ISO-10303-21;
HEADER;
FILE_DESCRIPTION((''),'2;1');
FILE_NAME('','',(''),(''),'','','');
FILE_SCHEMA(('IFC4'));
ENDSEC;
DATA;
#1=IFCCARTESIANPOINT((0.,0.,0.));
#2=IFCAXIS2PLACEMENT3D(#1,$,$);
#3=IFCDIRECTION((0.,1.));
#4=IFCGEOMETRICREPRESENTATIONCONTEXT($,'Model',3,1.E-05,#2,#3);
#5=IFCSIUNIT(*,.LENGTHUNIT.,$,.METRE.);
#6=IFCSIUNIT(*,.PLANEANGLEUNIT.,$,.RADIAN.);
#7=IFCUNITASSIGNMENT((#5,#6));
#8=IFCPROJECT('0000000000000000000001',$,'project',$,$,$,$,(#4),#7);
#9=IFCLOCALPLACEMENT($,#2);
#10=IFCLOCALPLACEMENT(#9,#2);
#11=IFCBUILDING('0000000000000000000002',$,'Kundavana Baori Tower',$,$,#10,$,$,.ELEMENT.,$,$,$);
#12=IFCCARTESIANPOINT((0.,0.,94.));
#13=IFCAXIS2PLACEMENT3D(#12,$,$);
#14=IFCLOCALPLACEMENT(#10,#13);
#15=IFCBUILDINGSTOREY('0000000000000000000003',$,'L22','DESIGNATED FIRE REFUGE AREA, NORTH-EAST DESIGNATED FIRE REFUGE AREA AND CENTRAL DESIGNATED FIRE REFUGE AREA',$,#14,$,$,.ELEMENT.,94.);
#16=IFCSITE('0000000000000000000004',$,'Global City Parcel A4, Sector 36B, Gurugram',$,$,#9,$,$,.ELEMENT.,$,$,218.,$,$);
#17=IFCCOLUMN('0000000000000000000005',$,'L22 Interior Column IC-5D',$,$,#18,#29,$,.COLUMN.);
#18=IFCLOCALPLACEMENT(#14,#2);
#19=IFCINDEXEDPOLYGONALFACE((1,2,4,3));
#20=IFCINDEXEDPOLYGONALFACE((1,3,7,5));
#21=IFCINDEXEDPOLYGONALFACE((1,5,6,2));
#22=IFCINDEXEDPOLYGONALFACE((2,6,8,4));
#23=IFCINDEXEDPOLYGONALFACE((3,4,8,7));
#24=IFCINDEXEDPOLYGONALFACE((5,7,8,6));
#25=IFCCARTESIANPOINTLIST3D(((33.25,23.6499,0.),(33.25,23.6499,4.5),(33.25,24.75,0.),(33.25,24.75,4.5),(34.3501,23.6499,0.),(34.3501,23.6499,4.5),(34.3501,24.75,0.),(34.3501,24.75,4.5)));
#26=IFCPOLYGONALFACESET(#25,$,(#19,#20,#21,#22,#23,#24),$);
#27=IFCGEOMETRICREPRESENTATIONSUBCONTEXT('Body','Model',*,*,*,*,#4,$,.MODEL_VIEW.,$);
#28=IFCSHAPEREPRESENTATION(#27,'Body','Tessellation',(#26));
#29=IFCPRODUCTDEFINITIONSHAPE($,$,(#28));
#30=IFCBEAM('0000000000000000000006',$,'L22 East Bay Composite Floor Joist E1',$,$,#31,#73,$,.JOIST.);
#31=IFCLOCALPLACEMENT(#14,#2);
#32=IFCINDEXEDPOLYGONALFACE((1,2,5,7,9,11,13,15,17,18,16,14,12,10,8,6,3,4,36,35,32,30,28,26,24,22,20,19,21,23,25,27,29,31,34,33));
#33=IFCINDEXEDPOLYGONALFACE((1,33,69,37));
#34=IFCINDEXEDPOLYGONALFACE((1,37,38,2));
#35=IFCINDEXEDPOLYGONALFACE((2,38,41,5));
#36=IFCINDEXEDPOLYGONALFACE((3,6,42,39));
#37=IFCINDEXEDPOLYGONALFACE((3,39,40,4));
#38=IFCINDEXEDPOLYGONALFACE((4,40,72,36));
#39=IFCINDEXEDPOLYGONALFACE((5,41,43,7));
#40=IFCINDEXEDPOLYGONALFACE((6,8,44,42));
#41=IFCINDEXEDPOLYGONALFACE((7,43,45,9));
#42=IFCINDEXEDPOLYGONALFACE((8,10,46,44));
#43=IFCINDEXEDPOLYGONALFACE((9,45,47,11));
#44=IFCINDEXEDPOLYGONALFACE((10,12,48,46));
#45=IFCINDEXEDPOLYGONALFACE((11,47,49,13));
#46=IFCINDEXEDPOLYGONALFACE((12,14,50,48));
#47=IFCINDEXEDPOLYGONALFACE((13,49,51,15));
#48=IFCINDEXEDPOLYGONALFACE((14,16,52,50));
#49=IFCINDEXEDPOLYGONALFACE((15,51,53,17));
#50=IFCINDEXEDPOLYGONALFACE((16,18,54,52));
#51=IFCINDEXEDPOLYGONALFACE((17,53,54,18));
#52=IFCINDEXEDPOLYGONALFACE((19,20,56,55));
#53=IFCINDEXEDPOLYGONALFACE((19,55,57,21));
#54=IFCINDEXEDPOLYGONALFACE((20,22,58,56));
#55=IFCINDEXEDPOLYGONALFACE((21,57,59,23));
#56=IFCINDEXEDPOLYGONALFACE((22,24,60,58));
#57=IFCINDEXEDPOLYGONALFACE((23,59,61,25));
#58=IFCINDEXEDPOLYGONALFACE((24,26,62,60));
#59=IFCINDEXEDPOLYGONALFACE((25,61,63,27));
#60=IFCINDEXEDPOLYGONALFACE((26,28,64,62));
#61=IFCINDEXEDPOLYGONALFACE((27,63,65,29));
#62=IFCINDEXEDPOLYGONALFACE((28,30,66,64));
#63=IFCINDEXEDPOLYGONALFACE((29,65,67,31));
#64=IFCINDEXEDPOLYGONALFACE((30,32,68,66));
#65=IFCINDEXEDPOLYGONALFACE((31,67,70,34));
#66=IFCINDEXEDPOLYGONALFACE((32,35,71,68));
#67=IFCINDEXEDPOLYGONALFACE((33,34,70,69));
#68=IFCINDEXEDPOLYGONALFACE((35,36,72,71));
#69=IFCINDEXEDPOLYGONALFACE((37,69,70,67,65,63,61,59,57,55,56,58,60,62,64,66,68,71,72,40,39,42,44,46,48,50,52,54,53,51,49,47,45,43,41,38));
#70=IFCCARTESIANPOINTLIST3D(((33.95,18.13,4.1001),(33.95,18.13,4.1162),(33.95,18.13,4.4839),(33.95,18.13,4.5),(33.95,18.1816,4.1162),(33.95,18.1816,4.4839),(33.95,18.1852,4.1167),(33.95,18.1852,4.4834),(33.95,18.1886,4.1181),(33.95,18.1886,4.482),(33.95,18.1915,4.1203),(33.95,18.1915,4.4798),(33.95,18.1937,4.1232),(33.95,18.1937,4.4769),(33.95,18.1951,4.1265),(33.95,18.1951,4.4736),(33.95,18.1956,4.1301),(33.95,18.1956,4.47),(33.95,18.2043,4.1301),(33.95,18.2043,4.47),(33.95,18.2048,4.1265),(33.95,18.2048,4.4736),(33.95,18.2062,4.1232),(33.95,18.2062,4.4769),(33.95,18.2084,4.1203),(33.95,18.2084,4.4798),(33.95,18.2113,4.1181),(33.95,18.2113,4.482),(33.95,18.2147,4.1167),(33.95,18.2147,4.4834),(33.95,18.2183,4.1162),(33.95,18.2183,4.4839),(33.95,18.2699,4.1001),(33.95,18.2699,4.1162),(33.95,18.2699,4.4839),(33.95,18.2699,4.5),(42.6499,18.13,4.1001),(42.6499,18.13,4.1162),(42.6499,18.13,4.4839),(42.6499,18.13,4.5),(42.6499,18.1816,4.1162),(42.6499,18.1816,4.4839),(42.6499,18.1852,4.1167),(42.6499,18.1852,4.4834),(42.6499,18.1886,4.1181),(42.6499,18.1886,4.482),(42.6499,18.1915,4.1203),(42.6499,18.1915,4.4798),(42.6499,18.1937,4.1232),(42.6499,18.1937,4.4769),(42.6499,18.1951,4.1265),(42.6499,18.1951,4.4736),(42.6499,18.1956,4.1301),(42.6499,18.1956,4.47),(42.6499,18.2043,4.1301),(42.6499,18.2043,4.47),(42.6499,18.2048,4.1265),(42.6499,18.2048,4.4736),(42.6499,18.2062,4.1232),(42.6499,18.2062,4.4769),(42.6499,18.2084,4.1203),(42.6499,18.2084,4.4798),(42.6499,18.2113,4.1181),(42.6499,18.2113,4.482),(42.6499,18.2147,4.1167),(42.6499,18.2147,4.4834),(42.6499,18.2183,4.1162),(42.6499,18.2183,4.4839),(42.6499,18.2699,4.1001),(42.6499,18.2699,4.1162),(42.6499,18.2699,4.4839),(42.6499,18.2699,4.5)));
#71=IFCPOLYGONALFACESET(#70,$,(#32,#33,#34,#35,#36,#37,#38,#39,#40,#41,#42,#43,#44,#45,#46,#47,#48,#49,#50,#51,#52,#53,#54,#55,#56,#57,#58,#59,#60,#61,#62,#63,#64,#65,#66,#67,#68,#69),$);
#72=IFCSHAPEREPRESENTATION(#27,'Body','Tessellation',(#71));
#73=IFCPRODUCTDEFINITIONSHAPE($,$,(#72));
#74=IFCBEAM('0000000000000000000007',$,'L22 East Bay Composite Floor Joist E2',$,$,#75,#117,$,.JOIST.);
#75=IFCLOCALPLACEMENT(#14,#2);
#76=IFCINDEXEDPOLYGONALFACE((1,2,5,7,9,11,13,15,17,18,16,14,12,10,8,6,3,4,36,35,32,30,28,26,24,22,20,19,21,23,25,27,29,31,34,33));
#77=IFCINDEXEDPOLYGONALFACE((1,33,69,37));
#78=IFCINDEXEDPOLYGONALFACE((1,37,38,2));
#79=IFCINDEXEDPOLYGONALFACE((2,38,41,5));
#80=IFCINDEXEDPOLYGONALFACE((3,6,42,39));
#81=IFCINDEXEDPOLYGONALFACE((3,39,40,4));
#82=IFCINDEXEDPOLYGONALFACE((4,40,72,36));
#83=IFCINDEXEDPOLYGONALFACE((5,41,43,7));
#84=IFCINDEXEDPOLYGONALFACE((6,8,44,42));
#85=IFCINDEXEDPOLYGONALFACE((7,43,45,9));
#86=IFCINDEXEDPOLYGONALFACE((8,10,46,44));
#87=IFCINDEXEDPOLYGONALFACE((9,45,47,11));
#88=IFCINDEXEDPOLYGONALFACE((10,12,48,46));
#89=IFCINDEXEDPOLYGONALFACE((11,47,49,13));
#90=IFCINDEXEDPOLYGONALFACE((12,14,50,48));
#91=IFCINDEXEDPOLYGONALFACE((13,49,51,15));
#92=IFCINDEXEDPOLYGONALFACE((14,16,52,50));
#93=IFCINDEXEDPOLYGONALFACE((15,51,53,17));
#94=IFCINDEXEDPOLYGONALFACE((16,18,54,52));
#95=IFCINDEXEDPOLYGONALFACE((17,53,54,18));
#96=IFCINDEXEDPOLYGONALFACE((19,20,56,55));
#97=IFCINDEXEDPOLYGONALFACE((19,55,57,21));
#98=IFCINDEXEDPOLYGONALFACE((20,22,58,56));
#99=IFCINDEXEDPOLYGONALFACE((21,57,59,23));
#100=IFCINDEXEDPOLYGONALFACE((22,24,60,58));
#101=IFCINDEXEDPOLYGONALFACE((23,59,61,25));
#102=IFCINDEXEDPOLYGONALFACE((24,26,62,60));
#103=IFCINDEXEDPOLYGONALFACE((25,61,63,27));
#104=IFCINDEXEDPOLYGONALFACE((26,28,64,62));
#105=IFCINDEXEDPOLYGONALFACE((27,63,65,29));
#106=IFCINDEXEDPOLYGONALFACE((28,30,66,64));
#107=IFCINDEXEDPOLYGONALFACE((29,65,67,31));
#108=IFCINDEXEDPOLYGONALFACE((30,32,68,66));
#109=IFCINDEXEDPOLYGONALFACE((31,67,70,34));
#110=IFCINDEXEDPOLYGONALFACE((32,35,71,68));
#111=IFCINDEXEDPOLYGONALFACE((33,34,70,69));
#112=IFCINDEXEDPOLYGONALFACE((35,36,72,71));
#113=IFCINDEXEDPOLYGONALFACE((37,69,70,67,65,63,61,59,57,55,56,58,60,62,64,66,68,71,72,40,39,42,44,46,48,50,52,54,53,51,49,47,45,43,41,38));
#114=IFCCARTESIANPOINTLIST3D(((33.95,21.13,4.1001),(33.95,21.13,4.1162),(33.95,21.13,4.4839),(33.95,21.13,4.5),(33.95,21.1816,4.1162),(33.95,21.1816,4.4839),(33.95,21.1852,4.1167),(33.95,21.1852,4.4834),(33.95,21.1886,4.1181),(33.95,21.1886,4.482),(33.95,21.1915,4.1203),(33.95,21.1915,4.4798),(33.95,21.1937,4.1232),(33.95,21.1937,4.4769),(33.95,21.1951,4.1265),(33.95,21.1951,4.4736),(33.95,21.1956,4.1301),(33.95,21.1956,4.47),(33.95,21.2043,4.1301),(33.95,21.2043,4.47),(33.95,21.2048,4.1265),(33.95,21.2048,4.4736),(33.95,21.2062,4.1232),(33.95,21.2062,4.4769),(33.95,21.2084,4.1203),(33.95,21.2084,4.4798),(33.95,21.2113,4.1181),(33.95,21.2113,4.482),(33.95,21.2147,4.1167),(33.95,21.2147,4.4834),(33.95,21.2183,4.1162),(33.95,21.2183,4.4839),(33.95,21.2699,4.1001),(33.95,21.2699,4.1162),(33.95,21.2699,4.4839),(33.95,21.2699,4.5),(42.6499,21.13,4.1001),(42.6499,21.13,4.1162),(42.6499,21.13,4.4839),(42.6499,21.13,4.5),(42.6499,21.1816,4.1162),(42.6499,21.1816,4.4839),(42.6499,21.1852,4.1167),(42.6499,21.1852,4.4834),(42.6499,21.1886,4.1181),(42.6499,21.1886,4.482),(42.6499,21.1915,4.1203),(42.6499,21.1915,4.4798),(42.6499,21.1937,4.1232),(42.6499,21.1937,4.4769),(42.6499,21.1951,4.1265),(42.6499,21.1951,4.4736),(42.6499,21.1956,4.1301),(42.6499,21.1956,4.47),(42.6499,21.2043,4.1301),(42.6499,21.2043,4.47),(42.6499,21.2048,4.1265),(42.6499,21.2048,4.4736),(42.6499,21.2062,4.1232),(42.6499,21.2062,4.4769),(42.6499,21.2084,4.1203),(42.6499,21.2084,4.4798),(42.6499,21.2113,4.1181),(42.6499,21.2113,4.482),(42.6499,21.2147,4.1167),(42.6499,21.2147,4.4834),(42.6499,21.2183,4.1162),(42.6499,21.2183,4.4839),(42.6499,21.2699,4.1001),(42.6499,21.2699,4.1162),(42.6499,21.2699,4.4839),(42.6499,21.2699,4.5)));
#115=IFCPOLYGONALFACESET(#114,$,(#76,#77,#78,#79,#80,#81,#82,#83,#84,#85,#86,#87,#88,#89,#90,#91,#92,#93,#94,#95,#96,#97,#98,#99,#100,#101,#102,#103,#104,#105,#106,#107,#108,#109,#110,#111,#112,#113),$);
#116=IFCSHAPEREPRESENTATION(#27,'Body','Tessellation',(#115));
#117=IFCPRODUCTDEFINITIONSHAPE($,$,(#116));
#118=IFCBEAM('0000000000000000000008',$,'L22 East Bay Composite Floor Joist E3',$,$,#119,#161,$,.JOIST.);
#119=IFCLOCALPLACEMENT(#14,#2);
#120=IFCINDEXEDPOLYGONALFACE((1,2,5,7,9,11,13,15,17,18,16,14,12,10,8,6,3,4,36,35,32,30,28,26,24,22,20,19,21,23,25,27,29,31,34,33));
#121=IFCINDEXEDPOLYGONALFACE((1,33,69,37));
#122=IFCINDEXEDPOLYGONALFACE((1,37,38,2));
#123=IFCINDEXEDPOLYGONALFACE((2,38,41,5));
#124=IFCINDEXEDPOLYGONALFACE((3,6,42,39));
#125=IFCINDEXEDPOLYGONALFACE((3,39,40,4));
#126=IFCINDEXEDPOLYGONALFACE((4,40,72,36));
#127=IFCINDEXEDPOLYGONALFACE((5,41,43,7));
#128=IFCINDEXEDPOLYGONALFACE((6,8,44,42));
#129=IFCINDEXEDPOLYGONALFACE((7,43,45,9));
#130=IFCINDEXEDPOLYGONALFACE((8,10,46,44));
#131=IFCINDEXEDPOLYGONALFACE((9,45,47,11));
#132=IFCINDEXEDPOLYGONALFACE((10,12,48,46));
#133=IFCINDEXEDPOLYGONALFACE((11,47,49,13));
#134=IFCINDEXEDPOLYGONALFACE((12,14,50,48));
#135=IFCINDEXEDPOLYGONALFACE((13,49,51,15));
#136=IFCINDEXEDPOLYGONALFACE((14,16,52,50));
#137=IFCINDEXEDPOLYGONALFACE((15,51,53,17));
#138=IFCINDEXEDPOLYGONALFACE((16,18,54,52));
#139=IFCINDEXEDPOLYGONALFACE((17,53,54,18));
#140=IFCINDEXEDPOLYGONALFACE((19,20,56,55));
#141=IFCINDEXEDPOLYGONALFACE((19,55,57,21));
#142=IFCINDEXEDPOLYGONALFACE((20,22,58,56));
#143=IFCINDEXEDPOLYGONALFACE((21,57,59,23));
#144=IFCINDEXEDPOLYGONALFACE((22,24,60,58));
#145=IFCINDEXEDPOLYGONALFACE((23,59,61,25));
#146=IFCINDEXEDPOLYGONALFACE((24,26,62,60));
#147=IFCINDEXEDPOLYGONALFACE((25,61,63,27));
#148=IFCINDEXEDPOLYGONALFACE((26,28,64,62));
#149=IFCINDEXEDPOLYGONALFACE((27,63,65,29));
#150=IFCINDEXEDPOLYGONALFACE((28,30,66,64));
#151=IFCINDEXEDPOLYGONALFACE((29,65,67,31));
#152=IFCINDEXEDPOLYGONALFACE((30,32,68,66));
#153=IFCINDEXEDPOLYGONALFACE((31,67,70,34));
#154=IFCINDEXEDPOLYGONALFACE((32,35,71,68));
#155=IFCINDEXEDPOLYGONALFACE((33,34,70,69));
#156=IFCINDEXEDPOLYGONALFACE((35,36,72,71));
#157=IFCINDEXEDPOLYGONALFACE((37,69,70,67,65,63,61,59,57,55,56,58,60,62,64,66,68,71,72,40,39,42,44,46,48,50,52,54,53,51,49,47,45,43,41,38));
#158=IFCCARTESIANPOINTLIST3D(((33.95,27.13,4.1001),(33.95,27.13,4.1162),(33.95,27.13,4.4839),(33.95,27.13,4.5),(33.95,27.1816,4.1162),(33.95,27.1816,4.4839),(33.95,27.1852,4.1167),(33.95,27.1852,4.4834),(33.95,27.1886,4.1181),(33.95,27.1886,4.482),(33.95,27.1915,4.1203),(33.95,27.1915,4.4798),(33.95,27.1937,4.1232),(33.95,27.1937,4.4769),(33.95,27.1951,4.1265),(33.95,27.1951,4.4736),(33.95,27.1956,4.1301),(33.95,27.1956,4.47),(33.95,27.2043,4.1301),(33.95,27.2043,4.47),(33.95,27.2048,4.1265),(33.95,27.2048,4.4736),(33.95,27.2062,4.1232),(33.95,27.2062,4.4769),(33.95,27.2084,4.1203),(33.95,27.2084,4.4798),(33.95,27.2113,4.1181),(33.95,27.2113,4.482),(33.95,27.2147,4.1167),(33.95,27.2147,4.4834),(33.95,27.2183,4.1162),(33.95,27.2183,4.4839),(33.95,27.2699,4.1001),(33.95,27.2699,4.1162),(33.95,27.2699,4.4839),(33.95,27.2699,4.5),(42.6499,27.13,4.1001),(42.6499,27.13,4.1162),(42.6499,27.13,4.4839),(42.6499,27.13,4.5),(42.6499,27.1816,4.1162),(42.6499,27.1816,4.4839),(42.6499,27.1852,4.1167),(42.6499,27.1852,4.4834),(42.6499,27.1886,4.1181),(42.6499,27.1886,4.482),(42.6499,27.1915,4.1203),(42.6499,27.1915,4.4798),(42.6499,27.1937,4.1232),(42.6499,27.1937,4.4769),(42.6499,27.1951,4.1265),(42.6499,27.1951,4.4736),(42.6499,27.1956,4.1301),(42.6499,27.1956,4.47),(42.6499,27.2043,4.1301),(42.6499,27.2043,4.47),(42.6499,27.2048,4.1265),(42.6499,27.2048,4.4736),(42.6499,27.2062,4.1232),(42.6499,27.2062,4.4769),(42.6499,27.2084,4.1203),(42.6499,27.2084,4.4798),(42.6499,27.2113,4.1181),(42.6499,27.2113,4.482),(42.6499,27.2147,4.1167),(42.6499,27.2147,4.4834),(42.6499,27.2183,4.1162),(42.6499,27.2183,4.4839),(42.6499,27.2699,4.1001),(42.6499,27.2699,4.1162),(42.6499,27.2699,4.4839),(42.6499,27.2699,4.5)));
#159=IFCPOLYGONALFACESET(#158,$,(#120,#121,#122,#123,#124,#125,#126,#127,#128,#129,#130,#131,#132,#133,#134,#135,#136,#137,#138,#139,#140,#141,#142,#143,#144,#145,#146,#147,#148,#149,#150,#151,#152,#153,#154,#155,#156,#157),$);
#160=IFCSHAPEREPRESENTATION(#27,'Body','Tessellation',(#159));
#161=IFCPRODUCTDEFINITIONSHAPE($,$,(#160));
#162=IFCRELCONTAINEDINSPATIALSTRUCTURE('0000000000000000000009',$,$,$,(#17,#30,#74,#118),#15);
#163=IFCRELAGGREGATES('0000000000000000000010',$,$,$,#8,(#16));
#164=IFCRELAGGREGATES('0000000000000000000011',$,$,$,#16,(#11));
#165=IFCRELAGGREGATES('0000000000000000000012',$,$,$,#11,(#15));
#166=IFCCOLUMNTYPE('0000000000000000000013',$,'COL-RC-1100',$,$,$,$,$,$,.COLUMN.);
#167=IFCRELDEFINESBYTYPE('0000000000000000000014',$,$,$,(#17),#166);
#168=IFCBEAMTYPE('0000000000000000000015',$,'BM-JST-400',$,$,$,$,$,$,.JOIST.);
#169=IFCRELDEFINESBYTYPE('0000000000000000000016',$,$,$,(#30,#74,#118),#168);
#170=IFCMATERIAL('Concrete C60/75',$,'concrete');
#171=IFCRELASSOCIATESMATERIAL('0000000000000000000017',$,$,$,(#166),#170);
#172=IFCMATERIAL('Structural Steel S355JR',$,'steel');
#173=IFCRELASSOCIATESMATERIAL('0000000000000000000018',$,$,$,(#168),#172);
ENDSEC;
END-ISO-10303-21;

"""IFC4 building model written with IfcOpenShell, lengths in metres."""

from ifc_helpers import new_model, si_unit, direction, frame, origin, origin_2d, place, context, subcontext, project, spatial, rectangle, i_section, extrude, material, material_profile, profile_set, type_object, element, save


model = new_model("IFC4")

# Units and contexts
model_context = context("Model", 3, precision=1e-05, world=origin(), true_north=direction((0.0, 1.0)))
body_context = subcontext(model_context, "Body", "Model", "MODEL_VIEW")
ifc_project = project(units=[si_unit("LENGTHUNIT", "METRE"), si_unit("PLANEANGLEUNIT", "RADIAN")], contexts=[model_context])

# Site, building, storey
site_placement = place(None, origin())
site = spatial("IfcSite", under=ifc_project, at=site_placement, Name="Global City Parcel A4, Sector 36B, Gurugram", CompositionType="ELEMENT", RefElevation=218.0)
building_placement = place(site_placement, origin())
building = spatial("IfcBuilding", under=site, at=building_placement, Name="Kundavana Baori Tower", CompositionType="ELEMENT")
storey_placement = place(building_placement, frame((0.0, 0.0, 94.0)))
storey = spatial("IfcBuildingStorey", under=building, at=storey_placement, Name="L22", Description="DESIGNATED FIRE REFUGE AREA, NORTH-EAST DESIGNATED FIRE REFUGE AREA AND CENTRAL DESIGNATED FIRE REFUGE AREA", CompositionType="ELEMENT", Elevation=94.0)

# Column
ifc_material_1 = material(Name="Concrete C60/75", Category="concrete")
ifc_material_profile_1 = material_profile(ifc_material_1, rectangle(XDim=1.1001, YDim=1.1001, at=origin_2d()), Name="RC 1100x1100")
ifc_profile_set_1 = profile_set([ifc_material_profile_1], Name="Concrete C60/75")
column_type = type_object("IfcColumnType", Name="COL-RC-1100", PredefinedType="COLUMN", material=ifc_profile_set_1)
column_placement = place(storey_placement, frame((33.8, 24.2, 0.0), z_axis=(0.0, 0.0, 1.0), x_axis=(1.0, 0.0, 0.0)))
element("IfcColumn", 1, at=column_placement, inside=storey, type_object=column_type, Name="L22 Interior Column IC-5D", PredefinedType="COLUMN", context=body_context, shape_type="SweptSolid", body=[
    extrude(rectangle(XDim=1.1001, YDim=1.1001, at=origin_2d()), origin(), (0.0, 0.0, 1.0), 4.5),
])

# Beams
ifc_material_2 = material(Name="Structural Steel S355JR", Category="steel")
ifc_material_profile_2 = material_profile(ifc_material_2, i_section(OverallWidth=0.1399, OverallDepth=0.3999, WebThickness=0.0088, FlangeThickness=0.0161, FilletRadius=0.0139, at=origin_2d()), Name="ISMB 400")
ifc_profile_set_2 = profile_set([ifc_material_profile_2], Name="Structural Steel S355JR")
beam_type_1 = type_object("IfcBeamType", Name="BM-JST-400", PredefinedType="JOIST", material=ifc_profile_set_2)
for number, where, z_axis, x_axis, name in (
    (2, (33.95, 18.2, 4.3), (1.0, 0.0, 0.0), (0.0, 1.0, 0.0), "L22 East Bay Composite Floor Joist E1"),
    (3, (33.95, 21.2, 4.3), (1.0, 0.0, 0.0), (0.0, 1.0, 0.0), "L22 East Bay Composite Floor Joist E2"),
    (4, (33.95, 27.2, 4.3), (1.0, 0.0, 0.0), (0.0, 1.0, 0.0), "L22 East Bay Composite Floor Joist E3"),
):
    element("IfcBeam", number, at=place(storey_placement, frame(where, z_axis=z_axis, x_axis=x_axis)), inside=storey, type_object=beam_type_1, Name=name, PredefinedType="JOIST", context=body_context, shape_type="SweptSolid", body=[
        extrude(i_section(OverallWidth=0.1399, OverallDepth=0.3999, WebThickness=0.0088, FlangeThickness=0.0161, FilletRadius=0.0139, at=origin_2d()), origin(), (0.0, 0.0, 1.0), 8.7),
    ])

save(model, "model.ifc")
